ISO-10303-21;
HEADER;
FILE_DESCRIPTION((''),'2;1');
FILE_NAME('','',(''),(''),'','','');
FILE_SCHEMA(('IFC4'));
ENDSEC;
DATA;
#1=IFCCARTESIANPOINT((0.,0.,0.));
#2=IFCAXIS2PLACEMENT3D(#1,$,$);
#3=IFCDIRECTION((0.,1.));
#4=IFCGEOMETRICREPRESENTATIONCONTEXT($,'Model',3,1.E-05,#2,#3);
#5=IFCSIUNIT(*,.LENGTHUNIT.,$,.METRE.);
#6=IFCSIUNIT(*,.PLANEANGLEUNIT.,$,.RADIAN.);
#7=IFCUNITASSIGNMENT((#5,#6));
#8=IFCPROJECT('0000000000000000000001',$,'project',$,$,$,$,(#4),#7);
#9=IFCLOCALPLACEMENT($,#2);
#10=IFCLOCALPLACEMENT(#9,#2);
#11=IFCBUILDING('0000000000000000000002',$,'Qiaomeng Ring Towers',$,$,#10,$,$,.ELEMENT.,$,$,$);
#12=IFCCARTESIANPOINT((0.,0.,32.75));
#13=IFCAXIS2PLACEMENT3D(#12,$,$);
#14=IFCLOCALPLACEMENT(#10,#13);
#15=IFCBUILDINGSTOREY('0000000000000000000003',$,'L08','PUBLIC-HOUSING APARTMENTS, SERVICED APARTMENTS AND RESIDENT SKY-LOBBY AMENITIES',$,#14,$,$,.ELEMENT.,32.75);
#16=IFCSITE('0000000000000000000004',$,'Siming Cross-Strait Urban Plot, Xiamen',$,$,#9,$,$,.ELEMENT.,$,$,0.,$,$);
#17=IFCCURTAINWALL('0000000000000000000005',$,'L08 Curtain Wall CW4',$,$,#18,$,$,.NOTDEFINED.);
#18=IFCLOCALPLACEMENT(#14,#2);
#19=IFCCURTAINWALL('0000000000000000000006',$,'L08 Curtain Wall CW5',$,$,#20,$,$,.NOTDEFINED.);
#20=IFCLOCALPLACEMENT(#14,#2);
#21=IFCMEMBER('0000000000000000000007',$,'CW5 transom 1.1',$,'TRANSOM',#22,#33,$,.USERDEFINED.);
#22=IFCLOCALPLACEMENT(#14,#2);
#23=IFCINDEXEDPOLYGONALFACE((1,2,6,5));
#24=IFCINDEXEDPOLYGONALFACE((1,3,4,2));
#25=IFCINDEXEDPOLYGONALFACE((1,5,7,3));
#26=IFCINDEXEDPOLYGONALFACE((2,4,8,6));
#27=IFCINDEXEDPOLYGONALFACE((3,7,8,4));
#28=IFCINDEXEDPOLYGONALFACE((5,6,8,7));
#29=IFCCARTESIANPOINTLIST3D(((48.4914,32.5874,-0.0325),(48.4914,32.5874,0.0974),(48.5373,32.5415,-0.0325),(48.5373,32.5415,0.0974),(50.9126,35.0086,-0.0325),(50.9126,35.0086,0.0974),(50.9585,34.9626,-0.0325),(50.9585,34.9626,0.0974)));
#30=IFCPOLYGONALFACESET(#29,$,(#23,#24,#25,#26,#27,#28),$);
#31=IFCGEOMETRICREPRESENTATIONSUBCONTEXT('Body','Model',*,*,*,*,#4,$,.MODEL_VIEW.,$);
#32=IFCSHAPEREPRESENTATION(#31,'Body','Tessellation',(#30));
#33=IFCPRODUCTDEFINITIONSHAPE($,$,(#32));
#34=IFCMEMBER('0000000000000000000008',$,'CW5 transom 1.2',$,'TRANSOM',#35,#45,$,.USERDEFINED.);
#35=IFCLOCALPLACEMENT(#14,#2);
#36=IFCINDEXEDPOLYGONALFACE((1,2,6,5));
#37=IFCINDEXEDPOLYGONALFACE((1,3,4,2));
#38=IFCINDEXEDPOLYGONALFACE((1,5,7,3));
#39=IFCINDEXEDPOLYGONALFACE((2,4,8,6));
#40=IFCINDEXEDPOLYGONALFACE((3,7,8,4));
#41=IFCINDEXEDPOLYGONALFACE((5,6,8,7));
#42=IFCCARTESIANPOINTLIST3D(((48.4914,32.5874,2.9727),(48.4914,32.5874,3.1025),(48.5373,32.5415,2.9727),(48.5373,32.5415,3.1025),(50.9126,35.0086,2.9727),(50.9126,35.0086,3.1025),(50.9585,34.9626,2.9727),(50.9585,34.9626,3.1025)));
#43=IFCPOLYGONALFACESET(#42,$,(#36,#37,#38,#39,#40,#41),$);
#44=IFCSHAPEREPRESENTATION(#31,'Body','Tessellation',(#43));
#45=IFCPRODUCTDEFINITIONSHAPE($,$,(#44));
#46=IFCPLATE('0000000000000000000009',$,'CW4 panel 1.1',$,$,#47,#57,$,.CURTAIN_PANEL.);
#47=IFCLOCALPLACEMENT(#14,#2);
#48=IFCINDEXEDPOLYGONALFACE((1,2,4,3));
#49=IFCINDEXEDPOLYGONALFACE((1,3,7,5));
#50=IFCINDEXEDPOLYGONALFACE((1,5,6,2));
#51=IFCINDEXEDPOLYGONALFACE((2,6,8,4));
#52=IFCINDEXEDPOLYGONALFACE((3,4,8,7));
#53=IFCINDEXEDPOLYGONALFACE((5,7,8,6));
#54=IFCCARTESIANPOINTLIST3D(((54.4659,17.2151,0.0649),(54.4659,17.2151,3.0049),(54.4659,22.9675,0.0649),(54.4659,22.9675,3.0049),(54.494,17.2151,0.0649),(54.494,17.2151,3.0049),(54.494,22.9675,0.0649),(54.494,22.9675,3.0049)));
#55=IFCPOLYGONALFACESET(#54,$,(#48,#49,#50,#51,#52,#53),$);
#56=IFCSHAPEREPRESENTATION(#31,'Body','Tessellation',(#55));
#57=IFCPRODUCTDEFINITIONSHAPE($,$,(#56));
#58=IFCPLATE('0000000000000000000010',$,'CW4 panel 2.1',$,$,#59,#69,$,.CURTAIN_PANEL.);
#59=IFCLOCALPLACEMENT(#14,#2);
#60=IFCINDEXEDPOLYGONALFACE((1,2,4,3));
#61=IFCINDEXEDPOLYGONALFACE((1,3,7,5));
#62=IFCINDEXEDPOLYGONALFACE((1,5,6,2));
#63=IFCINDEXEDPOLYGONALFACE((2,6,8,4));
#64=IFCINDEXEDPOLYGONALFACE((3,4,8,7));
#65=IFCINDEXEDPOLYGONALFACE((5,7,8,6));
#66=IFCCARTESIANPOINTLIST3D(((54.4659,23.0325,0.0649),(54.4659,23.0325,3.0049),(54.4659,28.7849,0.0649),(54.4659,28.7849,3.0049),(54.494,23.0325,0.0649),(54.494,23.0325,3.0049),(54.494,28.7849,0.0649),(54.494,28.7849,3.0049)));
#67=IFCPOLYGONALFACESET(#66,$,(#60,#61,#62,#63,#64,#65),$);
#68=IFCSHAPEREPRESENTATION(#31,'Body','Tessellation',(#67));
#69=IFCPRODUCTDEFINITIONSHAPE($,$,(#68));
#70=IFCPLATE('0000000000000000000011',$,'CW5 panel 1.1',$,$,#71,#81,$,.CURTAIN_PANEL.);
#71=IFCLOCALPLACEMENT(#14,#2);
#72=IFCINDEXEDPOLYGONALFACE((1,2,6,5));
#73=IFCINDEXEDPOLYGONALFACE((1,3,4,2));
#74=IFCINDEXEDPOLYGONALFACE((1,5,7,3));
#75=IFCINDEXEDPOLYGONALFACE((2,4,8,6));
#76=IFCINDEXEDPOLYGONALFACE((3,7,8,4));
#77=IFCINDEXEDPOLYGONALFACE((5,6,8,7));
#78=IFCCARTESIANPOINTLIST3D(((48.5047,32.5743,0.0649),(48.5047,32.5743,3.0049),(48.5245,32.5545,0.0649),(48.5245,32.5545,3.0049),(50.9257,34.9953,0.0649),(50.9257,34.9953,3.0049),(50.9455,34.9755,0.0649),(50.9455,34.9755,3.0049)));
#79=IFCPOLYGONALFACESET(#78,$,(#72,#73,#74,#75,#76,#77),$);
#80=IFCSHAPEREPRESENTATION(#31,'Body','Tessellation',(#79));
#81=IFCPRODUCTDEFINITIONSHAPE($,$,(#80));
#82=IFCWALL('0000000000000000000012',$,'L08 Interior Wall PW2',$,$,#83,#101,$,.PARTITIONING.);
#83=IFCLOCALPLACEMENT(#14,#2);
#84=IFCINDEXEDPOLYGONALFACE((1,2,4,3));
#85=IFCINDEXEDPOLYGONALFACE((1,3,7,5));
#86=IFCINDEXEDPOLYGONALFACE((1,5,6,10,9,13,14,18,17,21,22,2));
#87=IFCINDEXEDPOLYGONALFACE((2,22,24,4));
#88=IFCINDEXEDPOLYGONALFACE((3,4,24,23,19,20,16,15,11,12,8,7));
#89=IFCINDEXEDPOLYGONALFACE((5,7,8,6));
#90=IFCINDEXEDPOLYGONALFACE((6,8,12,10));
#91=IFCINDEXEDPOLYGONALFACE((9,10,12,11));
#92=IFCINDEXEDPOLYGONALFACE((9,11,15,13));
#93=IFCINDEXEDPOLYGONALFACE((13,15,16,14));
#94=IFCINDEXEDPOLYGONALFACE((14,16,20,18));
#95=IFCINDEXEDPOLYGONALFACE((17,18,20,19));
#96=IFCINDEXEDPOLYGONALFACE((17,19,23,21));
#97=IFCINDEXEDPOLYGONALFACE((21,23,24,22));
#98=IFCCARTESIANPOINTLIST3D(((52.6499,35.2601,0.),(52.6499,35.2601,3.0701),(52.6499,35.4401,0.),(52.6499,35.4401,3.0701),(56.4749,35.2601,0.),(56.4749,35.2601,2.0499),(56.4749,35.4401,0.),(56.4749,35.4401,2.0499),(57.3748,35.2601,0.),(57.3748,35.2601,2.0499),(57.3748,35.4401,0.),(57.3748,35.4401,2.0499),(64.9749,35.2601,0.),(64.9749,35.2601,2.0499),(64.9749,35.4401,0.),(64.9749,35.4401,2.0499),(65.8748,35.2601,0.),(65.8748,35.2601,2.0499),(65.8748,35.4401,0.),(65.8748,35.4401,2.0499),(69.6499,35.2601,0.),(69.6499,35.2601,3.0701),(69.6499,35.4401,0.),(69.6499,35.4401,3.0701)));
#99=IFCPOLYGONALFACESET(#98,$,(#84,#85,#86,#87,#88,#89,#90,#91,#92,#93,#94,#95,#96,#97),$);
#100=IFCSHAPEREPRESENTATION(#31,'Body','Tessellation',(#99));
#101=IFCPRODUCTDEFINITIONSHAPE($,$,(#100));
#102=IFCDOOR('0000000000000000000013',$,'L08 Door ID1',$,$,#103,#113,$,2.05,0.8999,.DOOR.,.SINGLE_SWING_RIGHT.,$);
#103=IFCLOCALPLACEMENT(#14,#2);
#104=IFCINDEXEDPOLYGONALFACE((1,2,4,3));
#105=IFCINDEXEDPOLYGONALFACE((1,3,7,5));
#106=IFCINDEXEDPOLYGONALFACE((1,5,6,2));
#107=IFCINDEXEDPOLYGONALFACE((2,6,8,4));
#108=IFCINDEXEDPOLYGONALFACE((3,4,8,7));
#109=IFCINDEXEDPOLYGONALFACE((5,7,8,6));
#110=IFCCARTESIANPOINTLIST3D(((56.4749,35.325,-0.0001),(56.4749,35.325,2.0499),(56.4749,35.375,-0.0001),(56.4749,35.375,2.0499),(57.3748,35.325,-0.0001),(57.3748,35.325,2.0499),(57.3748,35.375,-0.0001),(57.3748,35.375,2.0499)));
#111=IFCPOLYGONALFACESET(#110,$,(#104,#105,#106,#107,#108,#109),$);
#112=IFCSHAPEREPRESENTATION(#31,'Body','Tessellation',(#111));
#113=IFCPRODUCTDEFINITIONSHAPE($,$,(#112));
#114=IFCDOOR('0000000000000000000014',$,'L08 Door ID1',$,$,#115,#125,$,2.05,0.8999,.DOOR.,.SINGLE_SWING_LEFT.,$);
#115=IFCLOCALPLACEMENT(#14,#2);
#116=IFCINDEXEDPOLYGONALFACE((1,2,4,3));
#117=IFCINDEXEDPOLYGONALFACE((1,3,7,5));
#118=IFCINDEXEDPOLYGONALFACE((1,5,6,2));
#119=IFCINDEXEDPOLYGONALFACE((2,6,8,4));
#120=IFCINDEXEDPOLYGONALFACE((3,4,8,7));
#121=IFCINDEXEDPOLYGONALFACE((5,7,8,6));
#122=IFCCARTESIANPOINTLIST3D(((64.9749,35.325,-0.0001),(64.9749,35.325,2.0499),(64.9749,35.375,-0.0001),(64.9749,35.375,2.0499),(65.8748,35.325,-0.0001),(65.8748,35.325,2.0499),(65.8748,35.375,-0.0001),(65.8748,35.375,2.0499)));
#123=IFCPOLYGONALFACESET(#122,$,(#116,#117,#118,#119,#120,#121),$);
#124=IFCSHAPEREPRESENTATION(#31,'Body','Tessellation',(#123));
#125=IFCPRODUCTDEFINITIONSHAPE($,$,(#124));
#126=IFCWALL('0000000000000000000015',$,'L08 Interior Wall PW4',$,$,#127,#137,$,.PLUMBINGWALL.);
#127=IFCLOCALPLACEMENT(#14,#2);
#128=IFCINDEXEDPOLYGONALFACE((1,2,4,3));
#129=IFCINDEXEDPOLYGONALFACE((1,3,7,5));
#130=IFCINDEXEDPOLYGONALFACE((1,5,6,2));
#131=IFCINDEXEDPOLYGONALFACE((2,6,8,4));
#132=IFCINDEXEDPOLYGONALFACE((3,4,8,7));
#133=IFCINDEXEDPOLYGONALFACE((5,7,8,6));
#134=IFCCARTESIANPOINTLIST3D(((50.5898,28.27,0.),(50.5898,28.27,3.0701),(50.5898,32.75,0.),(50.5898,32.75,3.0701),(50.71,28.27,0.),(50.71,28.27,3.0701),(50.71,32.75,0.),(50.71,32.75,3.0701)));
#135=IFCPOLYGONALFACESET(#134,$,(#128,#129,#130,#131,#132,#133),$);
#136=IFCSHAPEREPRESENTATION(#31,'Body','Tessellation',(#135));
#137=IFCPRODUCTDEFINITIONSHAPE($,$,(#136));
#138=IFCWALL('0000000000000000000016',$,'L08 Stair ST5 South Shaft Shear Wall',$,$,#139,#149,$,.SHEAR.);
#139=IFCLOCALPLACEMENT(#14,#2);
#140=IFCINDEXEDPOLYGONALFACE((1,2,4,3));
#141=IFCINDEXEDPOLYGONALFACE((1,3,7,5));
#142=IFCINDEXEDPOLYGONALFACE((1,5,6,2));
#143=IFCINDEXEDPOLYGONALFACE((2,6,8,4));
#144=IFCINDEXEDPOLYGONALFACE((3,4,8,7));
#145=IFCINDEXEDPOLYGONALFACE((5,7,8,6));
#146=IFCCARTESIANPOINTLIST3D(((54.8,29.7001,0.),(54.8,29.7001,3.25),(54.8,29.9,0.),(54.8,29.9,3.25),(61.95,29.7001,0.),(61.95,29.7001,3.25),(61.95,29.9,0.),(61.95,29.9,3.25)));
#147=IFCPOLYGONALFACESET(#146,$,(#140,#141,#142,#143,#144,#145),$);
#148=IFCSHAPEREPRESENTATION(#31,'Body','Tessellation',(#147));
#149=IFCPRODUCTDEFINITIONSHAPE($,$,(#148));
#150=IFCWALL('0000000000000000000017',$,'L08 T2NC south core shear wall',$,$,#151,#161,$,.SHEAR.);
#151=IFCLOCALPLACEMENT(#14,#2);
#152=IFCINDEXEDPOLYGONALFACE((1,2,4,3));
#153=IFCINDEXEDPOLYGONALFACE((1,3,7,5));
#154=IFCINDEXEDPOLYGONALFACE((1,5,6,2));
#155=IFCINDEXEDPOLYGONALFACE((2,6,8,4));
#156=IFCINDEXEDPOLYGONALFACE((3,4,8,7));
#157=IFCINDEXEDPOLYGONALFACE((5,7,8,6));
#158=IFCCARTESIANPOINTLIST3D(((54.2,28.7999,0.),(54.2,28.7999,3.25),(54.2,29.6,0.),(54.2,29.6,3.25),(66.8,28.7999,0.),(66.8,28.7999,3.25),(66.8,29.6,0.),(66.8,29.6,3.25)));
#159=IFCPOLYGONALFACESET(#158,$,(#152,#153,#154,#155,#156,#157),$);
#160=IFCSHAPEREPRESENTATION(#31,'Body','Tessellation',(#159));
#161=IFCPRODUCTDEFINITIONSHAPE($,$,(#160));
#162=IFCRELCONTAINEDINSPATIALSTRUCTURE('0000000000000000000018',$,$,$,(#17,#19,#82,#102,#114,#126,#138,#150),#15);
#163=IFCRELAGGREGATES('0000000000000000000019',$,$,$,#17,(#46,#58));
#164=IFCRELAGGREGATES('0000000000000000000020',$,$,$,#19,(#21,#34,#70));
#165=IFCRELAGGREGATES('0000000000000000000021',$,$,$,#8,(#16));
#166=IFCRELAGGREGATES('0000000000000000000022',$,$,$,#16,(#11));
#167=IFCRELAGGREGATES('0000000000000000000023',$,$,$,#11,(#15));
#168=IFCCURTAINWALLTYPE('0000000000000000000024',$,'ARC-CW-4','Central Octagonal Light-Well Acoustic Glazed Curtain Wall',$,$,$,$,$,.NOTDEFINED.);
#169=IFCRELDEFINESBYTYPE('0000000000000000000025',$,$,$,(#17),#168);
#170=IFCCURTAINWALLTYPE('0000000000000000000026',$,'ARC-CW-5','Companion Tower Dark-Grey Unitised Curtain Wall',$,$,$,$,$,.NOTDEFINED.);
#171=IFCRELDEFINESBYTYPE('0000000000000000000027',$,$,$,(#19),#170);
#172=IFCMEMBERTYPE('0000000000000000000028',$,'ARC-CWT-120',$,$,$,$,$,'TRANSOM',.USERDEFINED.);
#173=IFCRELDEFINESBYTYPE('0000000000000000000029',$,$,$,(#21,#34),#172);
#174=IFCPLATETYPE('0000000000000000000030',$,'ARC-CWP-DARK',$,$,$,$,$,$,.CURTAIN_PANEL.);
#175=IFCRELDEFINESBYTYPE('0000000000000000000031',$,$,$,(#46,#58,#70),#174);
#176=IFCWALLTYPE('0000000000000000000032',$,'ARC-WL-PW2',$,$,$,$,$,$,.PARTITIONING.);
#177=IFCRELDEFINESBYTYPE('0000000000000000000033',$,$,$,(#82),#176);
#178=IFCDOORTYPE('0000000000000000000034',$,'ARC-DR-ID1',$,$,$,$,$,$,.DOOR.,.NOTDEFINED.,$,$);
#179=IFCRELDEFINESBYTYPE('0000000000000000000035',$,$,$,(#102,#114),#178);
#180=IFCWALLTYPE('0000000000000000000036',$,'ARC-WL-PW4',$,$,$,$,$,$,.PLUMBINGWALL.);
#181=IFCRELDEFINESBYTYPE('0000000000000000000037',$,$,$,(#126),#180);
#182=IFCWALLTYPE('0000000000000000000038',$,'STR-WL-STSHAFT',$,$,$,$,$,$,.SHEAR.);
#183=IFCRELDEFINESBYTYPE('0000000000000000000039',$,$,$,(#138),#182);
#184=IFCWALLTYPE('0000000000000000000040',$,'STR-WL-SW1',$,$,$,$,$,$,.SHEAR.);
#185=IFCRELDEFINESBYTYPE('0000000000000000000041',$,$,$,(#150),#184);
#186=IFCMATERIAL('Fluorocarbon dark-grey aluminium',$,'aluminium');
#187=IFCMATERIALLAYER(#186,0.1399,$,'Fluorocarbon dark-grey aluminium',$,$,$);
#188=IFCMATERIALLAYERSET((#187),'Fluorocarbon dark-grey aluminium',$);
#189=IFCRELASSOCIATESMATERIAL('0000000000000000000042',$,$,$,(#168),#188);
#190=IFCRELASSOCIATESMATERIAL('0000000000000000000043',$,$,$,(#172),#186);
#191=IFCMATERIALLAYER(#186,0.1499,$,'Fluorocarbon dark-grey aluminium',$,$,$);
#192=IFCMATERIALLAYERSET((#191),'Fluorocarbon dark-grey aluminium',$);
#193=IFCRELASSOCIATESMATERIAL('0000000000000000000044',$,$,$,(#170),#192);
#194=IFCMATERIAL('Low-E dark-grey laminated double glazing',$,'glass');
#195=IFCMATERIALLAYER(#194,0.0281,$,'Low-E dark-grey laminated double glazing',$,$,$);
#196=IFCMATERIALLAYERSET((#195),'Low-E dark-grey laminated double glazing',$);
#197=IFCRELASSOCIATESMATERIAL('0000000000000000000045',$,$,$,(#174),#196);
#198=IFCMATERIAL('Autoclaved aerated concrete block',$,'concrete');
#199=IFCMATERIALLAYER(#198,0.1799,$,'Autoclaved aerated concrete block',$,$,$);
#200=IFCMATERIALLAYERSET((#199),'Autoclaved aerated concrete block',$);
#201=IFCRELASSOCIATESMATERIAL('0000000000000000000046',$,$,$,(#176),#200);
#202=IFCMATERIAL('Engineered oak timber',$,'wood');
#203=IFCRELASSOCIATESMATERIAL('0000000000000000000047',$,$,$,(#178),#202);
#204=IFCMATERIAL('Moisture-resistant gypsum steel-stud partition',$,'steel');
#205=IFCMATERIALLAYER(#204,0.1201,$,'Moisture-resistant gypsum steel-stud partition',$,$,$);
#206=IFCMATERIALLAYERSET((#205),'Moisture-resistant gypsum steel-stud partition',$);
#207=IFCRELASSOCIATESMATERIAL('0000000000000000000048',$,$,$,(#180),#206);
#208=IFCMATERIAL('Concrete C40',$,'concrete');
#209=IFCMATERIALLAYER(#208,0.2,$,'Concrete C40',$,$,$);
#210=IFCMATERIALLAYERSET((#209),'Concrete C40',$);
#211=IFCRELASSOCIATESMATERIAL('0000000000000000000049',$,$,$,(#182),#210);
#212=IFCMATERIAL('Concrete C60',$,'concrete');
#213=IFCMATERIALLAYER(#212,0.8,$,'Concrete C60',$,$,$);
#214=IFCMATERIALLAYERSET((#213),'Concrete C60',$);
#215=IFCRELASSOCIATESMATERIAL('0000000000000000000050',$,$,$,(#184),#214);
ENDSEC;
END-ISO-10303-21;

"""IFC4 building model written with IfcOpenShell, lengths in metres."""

from ifc_helpers import new_model, si_unit, direction, frame, frame_2d, origin, origin_2d, place, context, subcontext, project, spatial, rectangle, extrude, source, transform, mapped, material, layer, layer_set, material_profile, profile_set, type_object, element, fill, aggregate, save


model = new_model("IFC4")

# Units and contexts
model_context = context("Model", 3, precision=1e-05, world=origin(), true_north=direction((0.0, 1.0)))
body_context = subcontext(model_context, "Body", "Model", "MODEL_VIEW")
ifc_project = project(units=[si_unit("LENGTHUNIT", "METRE"), si_unit("PLANEANGLEUNIT", "RADIAN")], contexts=[model_context])

# Site, building, storey
site_placement = place(None, origin())
site = spatial("IfcSite", under=ifc_project, at=site_placement, Name="Siming Cross-Strait Urban Plot, Xiamen", CompositionType="ELEMENT", RefElevation=0.0)
building_placement = place(site_placement, origin())
building = spatial("IfcBuilding", under=site, at=building_placement, Name="Qiaomeng Ring Towers", CompositionType="ELEMENT")
storey_placement = place(building_placement, frame((0.0, 0.0, 32.75)))
storey = spatial("IfcBuildingStorey", under=building, at=storey_placement, Name="L08", Description="PUBLIC-HOUSING APARTMENTS, SERVICED APARTMENTS AND RESIDENT SKY-LOBBY AMENITIES", CompositionType="ELEMENT", Elevation=32.75)

# Shared definitions
ifc_material_1 = material(Name="Concrete C60", Category="concrete")

# Curtain wall
ifc_material_2 = material(Name="Fluorocarbon dark-grey aluminium", Category="aluminium")
ifc_layer_1 = layer(ifc_material_2, 0.1399, Name="Fluorocarbon dark-grey aluminium")
ifc_layer_set_1 = layer_set([ifc_layer_1], Name="Fluorocarbon dark-grey aluminium")
curtain_wall_type_1 = type_object("IfcCurtainWallType", Name="ARC-CW-4", Description="Central Octagonal Light-Well Acoustic Glazed Curtain Wall", PredefinedType="NOTDEFINED", material=ifc_layer_set_1)
curtain_wall_1_placement = place(storey_placement, origin())
curtain_wall_1 = element("IfcCurtainWall", 1, at=curtain_wall_1_placement, inside=storey, type_object=curtain_wall_type_1, Name="L08 Curtain Wall CW4", PredefinedType="NOTDEFINED")
ifc_material_profile_1 = material_profile(ifc_material_2, rectangle(XDim=0.0649, YDim=0.1299, at=origin_2d()), Name="ALU TRAN 65x130")
ifc_profile_set_1 = profile_set([ifc_material_profile_1], Name="Fluorocarbon dark-grey aluminium")
member_type_1 = type_object("IfcMemberType", Name="ARC-CWT-120", ElementType="TRANSOM", PredefinedType="USERDEFINED", material=ifc_profile_set_1)

# Shared definitions
ifc_layer_2 = layer(ifc_material_2, 0.1499, Name="Fluorocarbon dark-grey aluminium")
ifc_layer_set_2 = layer_set([ifc_layer_2], Name="Fluorocarbon dark-grey aluminium")
curtain_wall_type_2 = type_object("IfcCurtainWallType", Name="ARC-CW-5", Description="Companion Tower Dark-Grey Unitised Curtain Wall", PredefinedType="NOTDEFINED", material=ifc_layer_set_2)

# Curtain wall
curtain_wall_2_placement = place(storey_placement, origin())
curtain_wall_2 = element("IfcCurtainWall", 2, at=curtain_wall_2_placement, inside=storey, type_object=curtain_wall_type_2, Name="L08 Curtain Wall CW5", PredefinedType="NOTDEFINED")

# Members
shared_shape_1 = source(origin(), body_context, "Body", "SweptSolid", [
    extrude(rectangle(XDim=0.0649, YDim=0.1299, at=origin_2d()), origin(), (0.0, 0.0, 1.0), 3.4241),
])
member_1_placement = place(storey_placement, frame((50.9355, 34.9856, 0.0325), z_axis=(-0.707107, -0.707107, 0.0), x_axis=(0.707107, -0.707107, 0.0)))
member_1 = element("IfcMember", 3, at=member_1_placement, type_object=member_type_1, Name="CW5 transom 1.1", ObjectType="TRANSOM", PredefinedType="USERDEFINED", context=body_context, shape_type="MappedRepresentation", body=[
    mapped(shared_shape_1, transform((0.0, 0.0, 0.0), x_axis=(1.0, 0.0, 0.0), y_axis=(0.0, 1.0, 0.0), z_axis=(0.0, 0.0, 1.0), scale=1.0)),
])
member_2_placement = place(storey_placement, frame((50.9355, 34.9856, 3.0376), z_axis=(-0.707107, -0.707107, 0.0), x_axis=(0.707107, -0.707107, 0.0)))
member_2 = element("IfcMember", 4, at=member_2_placement, type_object=member_type_1, Name="CW5 transom 1.2", ObjectType="TRANSOM", PredefinedType="USERDEFINED", context=body_context, shape_type="MappedRepresentation", body=[
    mapped(shared_shape_1, transform((0.0, 0.0, 0.0), x_axis=(1.0, 0.0, 0.0), y_axis=(0.0, 1.0, 0.0), z_axis=(0.0, 0.0, 1.0), scale=1.0)),
])

# Plates
ifc_material_3 = material(Name="Low-E dark-grey laminated double glazing", Category="glass")
ifc_layer_3 = layer(ifc_material_3, 0.0281, Name="Low-E dark-grey laminated double glazing")
ifc_layer_set_3 = layer_set([ifc_layer_3], Name="Low-E dark-grey laminated double glazing")
plate_type = type_object("IfcPlateType", Name="ARC-CWP-DARK", PredefinedType="CURTAIN_PANEL", material=ifc_layer_set_3)
shared_shape_2 = source(origin(), body_context, "Body", "SweptSolid", [
    extrude(rectangle(XDim=5.7524, YDim=0.0281, at=origin_2d()), origin(), (0.0, 0.0, 1.0), 2.9399),
])
plate_1_placement = place(storey_placement, frame((54.48, 20.0913, 0.0649), z_axis=(0.0, 0.0, 1.0), x_axis=(0.0, 1.0, 0.0)))
plate_1 = element("IfcPlate", 5, at=plate_1_placement, type_object=plate_type, Name="CW4 panel 1.1", PredefinedType="CURTAIN_PANEL", context=body_context, shape_type="MappedRepresentation", body=[
    mapped(shared_shape_2, transform((0.0, 0.0, 0.0), x_axis=(1.0, 0.0, 0.0), y_axis=(0.0, 1.0, 0.0), z_axis=(0.0, 0.0, 1.0), scale=1.0)),
])
plate_2_placement = place(storey_placement, frame((54.48, 25.9087, 0.0649), z_axis=(0.0, 0.0, 1.0), x_axis=(0.0, 1.0, 0.0)))
plate_2 = element("IfcPlate", 6, at=plate_2_placement, type_object=plate_type, Name="CW4 panel 2.1", PredefinedType="CURTAIN_PANEL", context=body_context, shape_type="MappedRepresentation", body=[
    mapped(shared_shape_2, transform((0.0, 0.0, 0.0), x_axis=(1.0, 0.0, 0.0), y_axis=(0.0, 1.0, 0.0), z_axis=(0.0, 0.0, 1.0), scale=1.0)),
])
aggregate(curtain_wall_1, [plate_1, plate_2])
shared_shape_3 = source(origin(), body_context, "Body", "SweptSolid", [
    extrude(rectangle(XDim=3.4238, YDim=0.0281, at=origin_2d()), origin(), (0.0, 0.0, 1.0), 2.9399),
])
plate_3_placement = place(storey_placement, frame((49.7251, 33.7749, 0.0649), z_axis=(0.0, 0.0, 1.0), x_axis=(-0.707107, -0.707107, 0.0)))
plate_3 = element("IfcPlate", 7, at=plate_3_placement, type_object=plate_type, Name="CW5 panel 1.1", PredefinedType="CURTAIN_PANEL", context=body_context, shape_type="MappedRepresentation", body=[
    mapped(shared_shape_3, transform((0.0, 0.0, 0.0), x_axis=(1.0, 0.0, 0.0), y_axis=(0.0, 1.0, 0.0), z_axis=(0.0, 0.0, 1.0), scale=1.0)),
])
aggregate(curtain_wall_2, [member_1, member_2, plate_3])

# Wall, openings, doors
ifc_material_4 = material(Name="Autoclaved aerated concrete block", Category="concrete")
ifc_layer_4 = layer(ifc_material_4, 0.1799, Name="Autoclaved aerated concrete block")
ifc_layer_set_4 = layer_set([ifc_layer_4], Name="Autoclaved aerated concrete block")
wall_type_1 = type_object("IfcWallType", Name="ARC-WL-PW2", PredefinedType="PARTITIONING", material=ifc_layer_set_4)
wall_1_placement = place(storey_placement, frame((52.6499, 35.3501, 0.0), z_axis=(0.0, 0.0, 1.0), x_axis=(1.0, 0.0, 0.0)))
wall_1 = element("IfcWall", 8, at=wall_1_placement, inside=storey, type_object=wall_type_1, Name="L08 Interior Wall PW2", PredefinedType="PARTITIONING", context=body_context, shape_type="SweptSolid", body=[
    extrude(rectangle(XDim=17.0, YDim=0.1799, at=frame_2d((8.5, 0.0))), origin(), (0.0, 0.0, 1.0), 3.0701),
])
opening_1_placement = place(wall_1_placement, frame((3.825, 0.0, 0.0)))
opening_1 = element("IfcOpeningElement", 9, at=opening_1_placement, cuts=wall_1, PredefinedType="OPENING", context=body_context, shape_type="SweptSolid", body=[
    extrude(rectangle(XDim=0.8999, YDim=2.05, at=frame_2d((0.45, 1.0249))), frame((0.0, 0.0999, 0.0), z_axis=(0.0, -1.0, 0.0), x_axis=(1.0, 0.0, 0.0)), (0.0, 0.0, 1.0), 0.2),
])
opening_2_placement = place(wall_1_placement, frame((12.325, 0.0, 0.0)))
opening_2 = element("IfcOpeningElement", 10, at=opening_2_placement, cuts=wall_1, PredefinedType="OPENING", context=body_context, shape_type="SweptSolid", body=[
    extrude(rectangle(XDim=0.8999, YDim=2.05, at=frame_2d((0.45, 1.0249))), frame((0.0, 0.0999, 0.0), z_axis=(0.0, -1.0, 0.0), x_axis=(1.0, 0.0, 0.0)), (0.0, 0.0, 1.0), 0.2),
])
ifc_material_5 = material(Name="Engineered oak timber", Category="wood")
door_type_1 = type_object("IfcDoorType", Name="ARC-DR-ID1", OperationType="NOTDEFINED", PredefinedType="DOOR", material=ifc_material_5)
shared_shape_4 = source(origin(), body_context, "Body", "SweptSolid", [
    extrude(rectangle(XDim=0.8999, YDim=2.05, at=frame_2d((0.45, 1.0249))), frame((0.0, 0.0249, 0.0), z_axis=(0.0, -1.0, 0.0), x_axis=(1.0, 0.0, 0.0)), (0.0, 0.0, 1.0), 0.05),
])
door_1_placement = place(opening_1_placement, origin())
door_1 = element("IfcDoor", 11, at=door_1_placement, inside=storey, type_object=door_type_1, Name="L08 Door ID1", OperationType="SINGLE_SWING_RIGHT", OverallHeight=2.05, OverallWidth=0.8999, PredefinedType="DOOR", context=body_context, shape_type="MappedRepresentation", body=[
    mapped(shared_shape_4, transform((0.0, 0.0, 0.0), x_axis=(1.0, 0.0, 0.0), y_axis=(0.0, 1.0, 0.0), z_axis=(0.0, 0.0, 1.0), scale=1.0)),
])
fill(opening_1, door_1)
door_2_placement = place(opening_2_placement, origin())
door_2 = element("IfcDoor", 12, at=door_2_placement, inside=storey, type_object=door_type_1, Name="L08 Door ID1", OperationType="SINGLE_SWING_LEFT", OverallHeight=2.05, OverallWidth=0.8999, PredefinedType="DOOR", context=body_context, shape_type="MappedRepresentation", body=[
    mapped(shared_shape_4, transform((0.0, 0.0, 0.0), x_axis=(1.0, 0.0, 0.0), y_axis=(0.0, 1.0, 0.0), z_axis=(0.0, 0.0, 1.0), scale=1.0)),
])
fill(opening_2, door_2)

# Walls
ifc_material_6 = material(Name="Moisture-resistant gypsum steel-stud partition", Category="steel")
ifc_layer_5 = layer(ifc_material_6, 0.1201, Name="Moisture-resistant gypsum steel-stud partition")
ifc_layer_set_5 = layer_set([ifc_layer_5], Name="Moisture-resistant gypsum steel-stud partition")
wall_type_2 = type_object("IfcWallType", Name="ARC-WL-PW4", PredefinedType="PLUMBINGWALL", material=ifc_layer_set_5)
wall_2_placement = place(storey_placement, frame((50.6499, 28.27, 0.0), z_axis=(0.0, 0.0, 1.0), x_axis=(0.0, 1.0, 0.0)))
element("IfcWall", 13, at=wall_2_placement, inside=storey, type_object=wall_type_2, Name="L08 Interior Wall PW4", PredefinedType="PLUMBINGWALL", context=body_context, shape_type="SweptSolid", body=[
    extrude(rectangle(XDim=4.48, YDim=0.1201, at=frame_2d((2.24, 0.0))), origin(), (0.0, 0.0, 1.0), 3.0701),
])
ifc_material_7 = material(Name="Concrete C40", Category="concrete")
ifc_layer_6 = layer(ifc_material_7, 0.2, Name="Concrete C40")
ifc_layer_set_6 = layer_set([ifc_layer_6], Name="Concrete C40")
wall_type_3 = type_object("IfcWallType", Name="STR-WL-STSHAFT", PredefinedType="SHEAR", material=ifc_layer_set_6)
wall_3_placement = place(storey_placement, frame((54.8, 29.8, 0.0), z_axis=(0.0, 0.0, 1.0), x_axis=(1.0, 0.0, 0.0)))
element("IfcWall", 14, at=wall_3_placement, inside=storey, type_object=wall_type_3, Name="L08 Stair ST5 South Shaft Shear Wall", PredefinedType="SHEAR", context=body_context, shape_type="SweptSolid", body=[
    extrude(rectangle(XDim=7.1499, YDim=0.2, at=frame_2d((3.575, 0.0))), origin(), (0.0, 0.0, 1.0), 3.25),
])
ifc_layer_7 = layer(ifc_material_1, 0.8, Name="Concrete C60")
ifc_layer_set_7 = layer_set([ifc_layer_7], Name="Concrete C60")
wall_type_4 = type_object("IfcWallType", Name="STR-WL-SW1", PredefinedType="SHEAR", material=ifc_layer_set_7)
wall_4_placement = place(storey_placement, frame((54.2, 29.2, 0.0), z_axis=(0.0, 0.0, 1.0), x_axis=(1.0, 0.0, 0.0)))
element("IfcWall", 15, at=wall_4_placement, inside=storey, type_object=wall_type_4, Name="L08 T2NC south core shear wall", PredefinedType="SHEAR", context=body_context, shape_type="SweptSolid", body=[
    extrude(rectangle(XDim=12.6001, YDim=0.8, at=frame_2d((6.3, 0.0))), origin(), (0.0, 0.0, 1.0), 3.25),
])

save(model, "model.ifc")
